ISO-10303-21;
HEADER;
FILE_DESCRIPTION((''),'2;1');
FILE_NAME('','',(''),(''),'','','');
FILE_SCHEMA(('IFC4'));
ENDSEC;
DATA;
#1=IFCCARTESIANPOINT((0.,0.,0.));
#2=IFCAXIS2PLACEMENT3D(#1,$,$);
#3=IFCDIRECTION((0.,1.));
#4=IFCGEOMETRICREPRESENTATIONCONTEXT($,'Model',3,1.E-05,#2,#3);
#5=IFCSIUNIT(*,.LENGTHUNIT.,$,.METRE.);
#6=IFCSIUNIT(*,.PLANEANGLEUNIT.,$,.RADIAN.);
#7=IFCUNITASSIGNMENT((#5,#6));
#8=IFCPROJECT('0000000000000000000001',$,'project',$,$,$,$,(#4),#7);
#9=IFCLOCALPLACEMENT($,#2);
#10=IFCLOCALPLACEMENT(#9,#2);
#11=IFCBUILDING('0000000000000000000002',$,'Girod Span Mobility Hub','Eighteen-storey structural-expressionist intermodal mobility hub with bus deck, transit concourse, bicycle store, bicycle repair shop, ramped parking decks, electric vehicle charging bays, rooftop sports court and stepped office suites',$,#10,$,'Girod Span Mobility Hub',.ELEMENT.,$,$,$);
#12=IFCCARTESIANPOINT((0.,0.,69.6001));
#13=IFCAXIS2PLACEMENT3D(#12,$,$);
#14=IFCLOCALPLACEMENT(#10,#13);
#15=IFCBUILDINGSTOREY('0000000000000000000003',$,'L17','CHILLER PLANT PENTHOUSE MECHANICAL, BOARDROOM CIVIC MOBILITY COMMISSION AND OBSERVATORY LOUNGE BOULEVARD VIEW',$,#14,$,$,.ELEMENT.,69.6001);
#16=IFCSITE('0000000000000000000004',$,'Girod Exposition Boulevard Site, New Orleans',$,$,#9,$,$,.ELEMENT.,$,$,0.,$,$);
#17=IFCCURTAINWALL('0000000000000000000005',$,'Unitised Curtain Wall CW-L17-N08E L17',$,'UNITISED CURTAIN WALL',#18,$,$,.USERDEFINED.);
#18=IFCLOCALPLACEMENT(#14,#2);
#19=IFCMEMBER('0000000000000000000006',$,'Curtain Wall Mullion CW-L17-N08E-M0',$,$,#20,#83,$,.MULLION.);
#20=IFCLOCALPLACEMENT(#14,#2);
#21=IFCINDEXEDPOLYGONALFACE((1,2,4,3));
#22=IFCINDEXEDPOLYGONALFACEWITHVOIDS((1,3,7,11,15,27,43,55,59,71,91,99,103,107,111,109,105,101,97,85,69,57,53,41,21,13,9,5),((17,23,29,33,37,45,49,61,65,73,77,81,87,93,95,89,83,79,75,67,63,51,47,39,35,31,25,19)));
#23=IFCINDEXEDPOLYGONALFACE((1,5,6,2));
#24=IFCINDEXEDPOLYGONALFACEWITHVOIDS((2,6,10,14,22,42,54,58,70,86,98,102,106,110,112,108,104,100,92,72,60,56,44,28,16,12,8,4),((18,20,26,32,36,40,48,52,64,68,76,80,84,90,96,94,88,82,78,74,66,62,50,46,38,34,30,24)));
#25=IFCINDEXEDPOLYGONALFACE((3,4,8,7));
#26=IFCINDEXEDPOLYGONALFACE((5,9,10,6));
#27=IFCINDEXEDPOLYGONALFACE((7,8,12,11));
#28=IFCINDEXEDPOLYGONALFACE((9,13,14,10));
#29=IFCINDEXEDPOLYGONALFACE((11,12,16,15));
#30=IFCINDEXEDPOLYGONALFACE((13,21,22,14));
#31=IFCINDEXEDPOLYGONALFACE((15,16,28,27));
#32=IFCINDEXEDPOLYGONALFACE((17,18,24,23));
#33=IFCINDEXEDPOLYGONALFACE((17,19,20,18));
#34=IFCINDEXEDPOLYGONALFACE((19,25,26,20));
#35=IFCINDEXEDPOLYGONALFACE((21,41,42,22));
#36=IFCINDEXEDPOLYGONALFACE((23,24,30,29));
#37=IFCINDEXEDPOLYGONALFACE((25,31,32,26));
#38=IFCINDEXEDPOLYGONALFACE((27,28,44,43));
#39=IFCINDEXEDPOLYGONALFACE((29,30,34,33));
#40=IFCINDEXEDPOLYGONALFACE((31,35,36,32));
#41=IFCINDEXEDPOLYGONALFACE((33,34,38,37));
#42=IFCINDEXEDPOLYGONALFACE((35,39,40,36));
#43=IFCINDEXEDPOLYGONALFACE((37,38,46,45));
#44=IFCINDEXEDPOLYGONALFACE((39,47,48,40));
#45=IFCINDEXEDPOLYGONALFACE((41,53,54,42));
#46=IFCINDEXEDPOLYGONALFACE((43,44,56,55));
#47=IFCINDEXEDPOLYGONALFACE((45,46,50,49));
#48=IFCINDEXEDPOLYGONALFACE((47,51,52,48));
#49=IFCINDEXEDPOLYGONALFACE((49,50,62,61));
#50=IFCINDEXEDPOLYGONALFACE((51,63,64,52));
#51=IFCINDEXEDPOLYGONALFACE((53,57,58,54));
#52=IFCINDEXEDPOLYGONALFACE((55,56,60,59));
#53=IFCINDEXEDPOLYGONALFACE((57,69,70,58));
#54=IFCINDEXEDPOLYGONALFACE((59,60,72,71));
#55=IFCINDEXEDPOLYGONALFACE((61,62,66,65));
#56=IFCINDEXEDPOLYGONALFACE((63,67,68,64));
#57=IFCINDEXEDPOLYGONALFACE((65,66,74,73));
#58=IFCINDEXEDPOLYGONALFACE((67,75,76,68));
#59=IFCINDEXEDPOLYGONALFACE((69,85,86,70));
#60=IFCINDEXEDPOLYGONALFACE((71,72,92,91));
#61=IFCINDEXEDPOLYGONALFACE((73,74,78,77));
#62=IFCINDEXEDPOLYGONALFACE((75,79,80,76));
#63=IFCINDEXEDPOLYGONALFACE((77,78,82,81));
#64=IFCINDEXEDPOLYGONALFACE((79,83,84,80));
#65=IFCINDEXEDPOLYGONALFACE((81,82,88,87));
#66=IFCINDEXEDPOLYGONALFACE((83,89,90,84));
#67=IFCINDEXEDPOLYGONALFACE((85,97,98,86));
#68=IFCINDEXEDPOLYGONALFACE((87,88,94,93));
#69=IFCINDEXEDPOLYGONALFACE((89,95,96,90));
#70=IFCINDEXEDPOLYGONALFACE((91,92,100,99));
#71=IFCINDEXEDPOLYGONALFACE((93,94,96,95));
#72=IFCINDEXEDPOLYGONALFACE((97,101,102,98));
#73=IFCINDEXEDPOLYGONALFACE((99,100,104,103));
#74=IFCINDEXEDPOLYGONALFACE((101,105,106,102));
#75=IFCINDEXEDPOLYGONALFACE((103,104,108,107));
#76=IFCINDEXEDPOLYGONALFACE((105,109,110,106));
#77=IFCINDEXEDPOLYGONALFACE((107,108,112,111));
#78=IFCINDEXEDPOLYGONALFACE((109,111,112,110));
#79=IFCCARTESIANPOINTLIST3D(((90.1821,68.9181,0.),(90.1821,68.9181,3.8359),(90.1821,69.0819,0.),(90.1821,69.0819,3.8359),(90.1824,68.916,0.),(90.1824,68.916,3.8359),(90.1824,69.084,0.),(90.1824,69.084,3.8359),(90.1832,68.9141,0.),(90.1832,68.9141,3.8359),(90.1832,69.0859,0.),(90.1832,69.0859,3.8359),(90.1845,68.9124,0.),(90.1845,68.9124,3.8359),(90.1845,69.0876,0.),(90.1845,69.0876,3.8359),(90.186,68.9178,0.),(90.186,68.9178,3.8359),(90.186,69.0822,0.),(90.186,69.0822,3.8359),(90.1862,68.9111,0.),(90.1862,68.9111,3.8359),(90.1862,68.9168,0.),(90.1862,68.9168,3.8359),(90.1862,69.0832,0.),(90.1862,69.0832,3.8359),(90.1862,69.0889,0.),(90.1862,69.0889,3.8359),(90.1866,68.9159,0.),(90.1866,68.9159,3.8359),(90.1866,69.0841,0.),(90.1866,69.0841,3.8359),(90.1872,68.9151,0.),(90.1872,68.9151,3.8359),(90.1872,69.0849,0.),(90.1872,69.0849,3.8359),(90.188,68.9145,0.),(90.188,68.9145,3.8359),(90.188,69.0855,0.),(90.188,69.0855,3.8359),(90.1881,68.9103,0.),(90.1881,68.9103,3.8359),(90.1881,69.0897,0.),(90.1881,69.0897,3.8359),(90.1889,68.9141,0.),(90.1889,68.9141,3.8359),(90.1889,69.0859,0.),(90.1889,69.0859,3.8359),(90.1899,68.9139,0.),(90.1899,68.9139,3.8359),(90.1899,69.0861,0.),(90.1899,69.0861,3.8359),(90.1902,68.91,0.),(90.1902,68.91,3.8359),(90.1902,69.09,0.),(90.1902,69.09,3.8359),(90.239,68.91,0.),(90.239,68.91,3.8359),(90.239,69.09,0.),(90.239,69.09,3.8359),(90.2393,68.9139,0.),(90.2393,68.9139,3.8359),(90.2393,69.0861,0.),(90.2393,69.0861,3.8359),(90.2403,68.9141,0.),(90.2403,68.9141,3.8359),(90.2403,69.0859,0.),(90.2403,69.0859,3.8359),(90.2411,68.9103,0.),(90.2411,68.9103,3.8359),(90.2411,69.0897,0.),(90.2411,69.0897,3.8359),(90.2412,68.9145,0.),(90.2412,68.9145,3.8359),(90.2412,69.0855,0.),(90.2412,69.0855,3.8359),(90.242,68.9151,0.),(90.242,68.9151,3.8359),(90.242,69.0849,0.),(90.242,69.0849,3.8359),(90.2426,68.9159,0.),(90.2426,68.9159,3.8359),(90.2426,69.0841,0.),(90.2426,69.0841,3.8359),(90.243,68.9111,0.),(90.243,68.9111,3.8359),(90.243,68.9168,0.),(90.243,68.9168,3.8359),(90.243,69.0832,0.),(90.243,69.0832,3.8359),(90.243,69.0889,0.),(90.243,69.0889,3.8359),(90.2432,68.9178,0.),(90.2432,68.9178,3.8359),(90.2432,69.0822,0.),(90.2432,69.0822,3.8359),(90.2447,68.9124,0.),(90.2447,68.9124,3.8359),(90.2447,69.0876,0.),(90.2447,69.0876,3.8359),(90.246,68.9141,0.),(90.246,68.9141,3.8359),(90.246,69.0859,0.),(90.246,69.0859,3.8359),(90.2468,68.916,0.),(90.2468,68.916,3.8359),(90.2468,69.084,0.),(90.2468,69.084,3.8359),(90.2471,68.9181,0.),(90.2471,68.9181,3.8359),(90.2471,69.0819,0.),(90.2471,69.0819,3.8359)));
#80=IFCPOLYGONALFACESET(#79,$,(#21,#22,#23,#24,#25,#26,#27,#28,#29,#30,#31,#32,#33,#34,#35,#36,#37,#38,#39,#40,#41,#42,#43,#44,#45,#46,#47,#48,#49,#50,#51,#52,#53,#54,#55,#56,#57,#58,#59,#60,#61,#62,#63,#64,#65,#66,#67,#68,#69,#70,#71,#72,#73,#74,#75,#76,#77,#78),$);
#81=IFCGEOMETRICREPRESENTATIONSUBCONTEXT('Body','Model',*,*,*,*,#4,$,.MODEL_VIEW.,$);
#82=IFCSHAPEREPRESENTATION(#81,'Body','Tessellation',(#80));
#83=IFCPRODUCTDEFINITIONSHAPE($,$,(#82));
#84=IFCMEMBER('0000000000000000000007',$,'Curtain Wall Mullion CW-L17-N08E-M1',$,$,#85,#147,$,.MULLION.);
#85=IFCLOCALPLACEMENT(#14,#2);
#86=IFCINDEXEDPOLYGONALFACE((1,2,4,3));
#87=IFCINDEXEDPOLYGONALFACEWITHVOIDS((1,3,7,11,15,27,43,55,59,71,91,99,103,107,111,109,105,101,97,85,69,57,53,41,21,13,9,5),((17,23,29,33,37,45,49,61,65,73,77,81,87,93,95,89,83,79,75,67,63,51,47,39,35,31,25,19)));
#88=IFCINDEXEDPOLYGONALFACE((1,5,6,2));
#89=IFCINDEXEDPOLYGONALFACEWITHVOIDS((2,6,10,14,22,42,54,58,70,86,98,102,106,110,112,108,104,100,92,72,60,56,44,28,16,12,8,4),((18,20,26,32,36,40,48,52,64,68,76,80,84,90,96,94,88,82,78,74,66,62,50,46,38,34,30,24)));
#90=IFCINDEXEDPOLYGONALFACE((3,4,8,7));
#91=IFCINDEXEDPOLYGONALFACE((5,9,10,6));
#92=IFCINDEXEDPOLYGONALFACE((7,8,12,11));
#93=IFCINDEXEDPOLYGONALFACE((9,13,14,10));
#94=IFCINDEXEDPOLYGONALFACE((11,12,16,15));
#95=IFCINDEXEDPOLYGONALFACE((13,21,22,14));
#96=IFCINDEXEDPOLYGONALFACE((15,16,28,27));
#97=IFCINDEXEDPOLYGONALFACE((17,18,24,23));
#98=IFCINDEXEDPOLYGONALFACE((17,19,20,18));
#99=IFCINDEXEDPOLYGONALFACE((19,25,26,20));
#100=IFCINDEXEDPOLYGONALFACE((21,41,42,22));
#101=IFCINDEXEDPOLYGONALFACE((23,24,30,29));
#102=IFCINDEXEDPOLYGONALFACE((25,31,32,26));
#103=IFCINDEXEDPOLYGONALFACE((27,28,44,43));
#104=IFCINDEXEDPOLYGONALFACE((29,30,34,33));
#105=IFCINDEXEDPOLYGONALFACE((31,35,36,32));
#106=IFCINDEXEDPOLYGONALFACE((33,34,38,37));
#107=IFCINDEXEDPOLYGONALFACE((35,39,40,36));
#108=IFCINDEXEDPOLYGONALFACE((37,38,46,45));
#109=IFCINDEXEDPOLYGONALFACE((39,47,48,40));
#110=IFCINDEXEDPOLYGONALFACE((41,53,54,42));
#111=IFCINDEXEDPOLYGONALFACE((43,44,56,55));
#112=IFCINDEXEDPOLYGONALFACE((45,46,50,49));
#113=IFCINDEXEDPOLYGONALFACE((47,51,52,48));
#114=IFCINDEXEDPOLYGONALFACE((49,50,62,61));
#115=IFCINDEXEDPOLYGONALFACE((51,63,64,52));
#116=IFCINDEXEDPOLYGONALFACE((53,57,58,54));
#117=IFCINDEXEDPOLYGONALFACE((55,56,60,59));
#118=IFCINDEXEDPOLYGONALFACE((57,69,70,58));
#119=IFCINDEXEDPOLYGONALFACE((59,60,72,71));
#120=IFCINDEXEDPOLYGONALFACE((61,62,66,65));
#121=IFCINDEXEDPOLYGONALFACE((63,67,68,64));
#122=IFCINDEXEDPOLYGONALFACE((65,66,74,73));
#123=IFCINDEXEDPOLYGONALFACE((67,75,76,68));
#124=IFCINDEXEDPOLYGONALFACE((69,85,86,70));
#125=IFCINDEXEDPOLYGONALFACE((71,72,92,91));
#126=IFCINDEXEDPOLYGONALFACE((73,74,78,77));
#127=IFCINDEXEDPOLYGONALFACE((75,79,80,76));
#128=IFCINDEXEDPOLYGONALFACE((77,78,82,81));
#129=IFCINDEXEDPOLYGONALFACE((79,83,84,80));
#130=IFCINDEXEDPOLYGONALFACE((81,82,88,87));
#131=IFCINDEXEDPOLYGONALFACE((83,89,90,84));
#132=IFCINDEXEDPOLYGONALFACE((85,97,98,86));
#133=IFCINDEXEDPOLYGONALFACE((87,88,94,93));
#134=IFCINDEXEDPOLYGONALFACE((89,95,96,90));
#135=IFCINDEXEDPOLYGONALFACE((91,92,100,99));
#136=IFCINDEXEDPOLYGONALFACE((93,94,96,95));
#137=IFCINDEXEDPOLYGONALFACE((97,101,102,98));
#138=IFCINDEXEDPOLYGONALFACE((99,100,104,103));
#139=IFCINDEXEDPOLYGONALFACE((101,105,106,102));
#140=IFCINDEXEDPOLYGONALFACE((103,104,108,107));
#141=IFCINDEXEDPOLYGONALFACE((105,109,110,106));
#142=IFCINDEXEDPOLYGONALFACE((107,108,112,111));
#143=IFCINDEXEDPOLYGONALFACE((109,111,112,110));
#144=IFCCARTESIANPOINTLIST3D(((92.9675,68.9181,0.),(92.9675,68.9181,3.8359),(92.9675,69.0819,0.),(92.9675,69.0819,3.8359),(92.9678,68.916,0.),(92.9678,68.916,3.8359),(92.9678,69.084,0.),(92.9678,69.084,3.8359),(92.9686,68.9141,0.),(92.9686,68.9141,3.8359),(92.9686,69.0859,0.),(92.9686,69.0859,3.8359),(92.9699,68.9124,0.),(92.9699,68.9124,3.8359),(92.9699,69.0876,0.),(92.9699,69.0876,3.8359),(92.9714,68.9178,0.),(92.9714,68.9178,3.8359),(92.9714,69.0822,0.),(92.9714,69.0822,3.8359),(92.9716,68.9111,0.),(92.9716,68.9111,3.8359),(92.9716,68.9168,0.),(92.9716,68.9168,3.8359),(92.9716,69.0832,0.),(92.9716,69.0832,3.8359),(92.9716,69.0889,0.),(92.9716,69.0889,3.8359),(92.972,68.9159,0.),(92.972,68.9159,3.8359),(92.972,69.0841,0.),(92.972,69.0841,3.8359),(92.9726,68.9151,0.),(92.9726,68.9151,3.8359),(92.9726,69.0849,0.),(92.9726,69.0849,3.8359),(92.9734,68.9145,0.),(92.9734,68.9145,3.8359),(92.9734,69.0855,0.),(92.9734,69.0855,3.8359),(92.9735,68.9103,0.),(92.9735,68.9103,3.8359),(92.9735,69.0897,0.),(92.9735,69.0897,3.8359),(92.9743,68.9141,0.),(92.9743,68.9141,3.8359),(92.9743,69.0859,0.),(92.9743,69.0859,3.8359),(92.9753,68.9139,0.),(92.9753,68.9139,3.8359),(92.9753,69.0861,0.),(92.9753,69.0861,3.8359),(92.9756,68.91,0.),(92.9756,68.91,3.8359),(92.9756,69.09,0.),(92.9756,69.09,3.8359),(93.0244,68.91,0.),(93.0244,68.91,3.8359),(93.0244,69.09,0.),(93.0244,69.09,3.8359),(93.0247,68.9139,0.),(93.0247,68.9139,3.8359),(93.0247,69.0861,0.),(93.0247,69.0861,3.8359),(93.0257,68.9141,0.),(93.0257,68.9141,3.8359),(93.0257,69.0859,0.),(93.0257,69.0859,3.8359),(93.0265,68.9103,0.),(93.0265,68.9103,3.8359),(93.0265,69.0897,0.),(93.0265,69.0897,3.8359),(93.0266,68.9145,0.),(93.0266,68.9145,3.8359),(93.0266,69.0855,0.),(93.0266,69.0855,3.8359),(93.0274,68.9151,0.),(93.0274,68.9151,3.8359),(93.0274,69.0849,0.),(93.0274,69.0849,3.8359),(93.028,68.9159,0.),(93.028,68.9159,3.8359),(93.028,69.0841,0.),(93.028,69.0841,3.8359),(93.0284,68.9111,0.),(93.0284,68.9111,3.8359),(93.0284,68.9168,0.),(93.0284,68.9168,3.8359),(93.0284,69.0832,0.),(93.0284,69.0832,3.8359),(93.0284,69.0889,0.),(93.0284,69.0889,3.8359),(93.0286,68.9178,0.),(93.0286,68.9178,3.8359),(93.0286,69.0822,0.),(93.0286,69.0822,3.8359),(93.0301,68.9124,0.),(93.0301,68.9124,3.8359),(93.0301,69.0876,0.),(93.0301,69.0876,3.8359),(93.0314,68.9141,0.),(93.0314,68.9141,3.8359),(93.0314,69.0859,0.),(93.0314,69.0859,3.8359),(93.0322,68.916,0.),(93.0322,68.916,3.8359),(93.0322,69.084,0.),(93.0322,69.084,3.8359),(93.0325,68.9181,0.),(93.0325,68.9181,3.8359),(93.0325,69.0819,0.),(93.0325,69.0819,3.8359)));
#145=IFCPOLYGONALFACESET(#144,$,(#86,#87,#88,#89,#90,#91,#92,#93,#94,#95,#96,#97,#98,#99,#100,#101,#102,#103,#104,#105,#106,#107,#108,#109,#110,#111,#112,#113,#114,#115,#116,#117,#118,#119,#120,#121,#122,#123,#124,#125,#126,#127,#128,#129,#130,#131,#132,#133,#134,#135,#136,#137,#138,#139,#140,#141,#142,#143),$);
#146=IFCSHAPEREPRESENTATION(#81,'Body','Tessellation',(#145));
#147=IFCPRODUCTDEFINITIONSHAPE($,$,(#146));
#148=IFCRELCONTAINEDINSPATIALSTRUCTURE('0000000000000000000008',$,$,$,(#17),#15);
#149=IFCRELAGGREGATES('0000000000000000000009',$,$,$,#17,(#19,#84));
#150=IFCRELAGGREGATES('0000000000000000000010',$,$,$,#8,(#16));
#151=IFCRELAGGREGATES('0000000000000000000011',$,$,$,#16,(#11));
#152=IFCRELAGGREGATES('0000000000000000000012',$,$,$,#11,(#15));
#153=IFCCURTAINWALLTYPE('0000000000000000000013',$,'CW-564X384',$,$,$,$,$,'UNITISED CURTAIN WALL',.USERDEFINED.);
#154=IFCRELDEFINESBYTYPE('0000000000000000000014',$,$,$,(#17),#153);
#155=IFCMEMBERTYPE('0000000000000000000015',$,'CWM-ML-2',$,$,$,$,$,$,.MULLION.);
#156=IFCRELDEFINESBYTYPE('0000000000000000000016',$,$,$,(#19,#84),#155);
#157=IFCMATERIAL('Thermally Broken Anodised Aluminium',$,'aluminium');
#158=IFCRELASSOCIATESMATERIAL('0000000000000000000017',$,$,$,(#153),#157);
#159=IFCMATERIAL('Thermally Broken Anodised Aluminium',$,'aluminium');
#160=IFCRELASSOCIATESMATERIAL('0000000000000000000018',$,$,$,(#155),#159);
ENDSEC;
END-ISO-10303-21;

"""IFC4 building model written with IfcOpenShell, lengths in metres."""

from ifc_helpers import new_model, si_unit, direction, frame, origin, origin_2d, place, context, subcontext, project, spatial, hollow_rectangle, extrude, material, material_profile, profile_set, type_object, element, aggregate, save


model = new_model("IFC4")

# Units and contexts
model_context = context("Model", 3, precision=1e-05, world=origin(), true_north=direction((0.0, 1.0)))
body_context = subcontext(model_context, "Body", "Model", "MODEL_VIEW")
ifc_project = project(units=[si_unit("LENGTHUNIT", "METRE"), si_unit("PLANEANGLEUNIT", "RADIAN")], contexts=[model_context])

# Site, building, storey
site_placement = place(None, origin())
site = spatial("IfcSite", under=ifc_project, at=site_placement, Name="Girod Exposition Boulevard Site, New Orleans", CompositionType="ELEMENT", RefElevation=0.0)
building_placement = place(site_placement, origin())
building = spatial("IfcBuilding", under=site, at=building_placement, Name="Girod Span Mobility Hub", Description="Eighteen-storey structural-expressionist intermodal mobility hub with bus deck, transit concourse, bicycle store, bicycle repair shop, ramped parking decks, electric vehicle charging bays, rooftop sports court and stepped office suites", LongName="Girod Span Mobility Hub", CompositionType="ELEMENT")
storey_placement = place(building_placement, frame((0.0, 0.0, 69.6001)))
storey = spatial("IfcBuildingStorey", under=building, at=storey_placement, Name="L17", Description="CHILLER PLANT PENTHOUSE MECHANICAL, BOARDROOM CIVIC MOBILITY COMMISSION AND OBSERVATORY LOUNGE BOULEVARD VIEW", CompositionType="ELEMENT", Elevation=69.6001)

# Shared definitions
ifc_material_1 = material(Name="Thermally Broken Anodised Aluminium", Category="aluminium")
curtain_wall_type = type_object("IfcCurtainWallType", Name="CW-564X384", ElementType="UNITISED CURTAIN WALL", PredefinedType="USERDEFINED", material=ifc_material_1)
ifc_material_2 = material(Name="Thermally Broken Anodised Aluminium", Category="aluminium")
ifc_material_profile_1 = material_profile(ifc_material_2, hollow_rectangle(XDim=0.1799, YDim=0.0649, WallThickness=0.0039, InnerFilletRadius=0.0039, OuterFilletRadius=0.0081, at=origin_2d()), Name="CW-ML-65X180")
ifc_profile_set_1 = profile_set([ifc_material_profile_1], Name="Thermally Broken Anodised Aluminium")
member_type_1 = type_object("IfcMemberType", Name="CWM-ML-2", PredefinedType="MULLION", material=ifc_profile_set_1)

# Curtain wall, members
curtain_wall_1_placement = place(storey_placement, origin())
curtain_wall_1 = element("IfcCurtainWall", 1, at=curtain_wall_1_placement, inside=storey, type_object=curtain_wall_type, Name="Unitised Curtain Wall CW-L17-N08E L17", ObjectType="UNITISED CURTAIN WALL", PredefinedType="USERDEFINED")
member_1_placement = place(storey_placement, frame((90.2146, 69.0, 0.0), z_axis=(0.0, 0.0, 1.0), x_axis=(0.0, 1.0, 0.0)))
member_1 = element("IfcMember", 2, at=member_1_placement, type_object=member_type_1, Name="Curtain Wall Mullion CW-L17-N08E-M0", PredefinedType="MULLION", context=body_context, shape_type="SweptSolid", body=[
    extrude(hollow_rectangle(XDim=0.1799, YDim=0.0649, WallThickness=0.0039, InnerFilletRadius=0.0039, OuterFilletRadius=0.0081, at=origin_2d()), origin(), (0.0, 0.0, 1.0), 3.8359),
])
member_2_placement = place(storey_placement, frame((93.0, 69.0, 0.0), z_axis=(0.0, 0.0, 1.0), x_axis=(0.0, 1.0, 0.0)))
member_2 = element("IfcMember", 3, at=member_2_placement, type_object=member_type_1, Name="Curtain Wall Mullion CW-L17-N08E-M1", PredefinedType="MULLION", context=body_context, shape_type="SweptSolid", body=[
    extrude(hollow_rectangle(XDim=0.1799, YDim=0.0649, WallThickness=0.0039, InnerFilletRadius=0.0039, OuterFilletRadius=0.0081, at=origin_2d()), origin(), (0.0, 0.0, 1.0), 3.8359),
])

aggregate(curtain_wall_1, [member_1, member_2])

save(model, "model.ifc")
